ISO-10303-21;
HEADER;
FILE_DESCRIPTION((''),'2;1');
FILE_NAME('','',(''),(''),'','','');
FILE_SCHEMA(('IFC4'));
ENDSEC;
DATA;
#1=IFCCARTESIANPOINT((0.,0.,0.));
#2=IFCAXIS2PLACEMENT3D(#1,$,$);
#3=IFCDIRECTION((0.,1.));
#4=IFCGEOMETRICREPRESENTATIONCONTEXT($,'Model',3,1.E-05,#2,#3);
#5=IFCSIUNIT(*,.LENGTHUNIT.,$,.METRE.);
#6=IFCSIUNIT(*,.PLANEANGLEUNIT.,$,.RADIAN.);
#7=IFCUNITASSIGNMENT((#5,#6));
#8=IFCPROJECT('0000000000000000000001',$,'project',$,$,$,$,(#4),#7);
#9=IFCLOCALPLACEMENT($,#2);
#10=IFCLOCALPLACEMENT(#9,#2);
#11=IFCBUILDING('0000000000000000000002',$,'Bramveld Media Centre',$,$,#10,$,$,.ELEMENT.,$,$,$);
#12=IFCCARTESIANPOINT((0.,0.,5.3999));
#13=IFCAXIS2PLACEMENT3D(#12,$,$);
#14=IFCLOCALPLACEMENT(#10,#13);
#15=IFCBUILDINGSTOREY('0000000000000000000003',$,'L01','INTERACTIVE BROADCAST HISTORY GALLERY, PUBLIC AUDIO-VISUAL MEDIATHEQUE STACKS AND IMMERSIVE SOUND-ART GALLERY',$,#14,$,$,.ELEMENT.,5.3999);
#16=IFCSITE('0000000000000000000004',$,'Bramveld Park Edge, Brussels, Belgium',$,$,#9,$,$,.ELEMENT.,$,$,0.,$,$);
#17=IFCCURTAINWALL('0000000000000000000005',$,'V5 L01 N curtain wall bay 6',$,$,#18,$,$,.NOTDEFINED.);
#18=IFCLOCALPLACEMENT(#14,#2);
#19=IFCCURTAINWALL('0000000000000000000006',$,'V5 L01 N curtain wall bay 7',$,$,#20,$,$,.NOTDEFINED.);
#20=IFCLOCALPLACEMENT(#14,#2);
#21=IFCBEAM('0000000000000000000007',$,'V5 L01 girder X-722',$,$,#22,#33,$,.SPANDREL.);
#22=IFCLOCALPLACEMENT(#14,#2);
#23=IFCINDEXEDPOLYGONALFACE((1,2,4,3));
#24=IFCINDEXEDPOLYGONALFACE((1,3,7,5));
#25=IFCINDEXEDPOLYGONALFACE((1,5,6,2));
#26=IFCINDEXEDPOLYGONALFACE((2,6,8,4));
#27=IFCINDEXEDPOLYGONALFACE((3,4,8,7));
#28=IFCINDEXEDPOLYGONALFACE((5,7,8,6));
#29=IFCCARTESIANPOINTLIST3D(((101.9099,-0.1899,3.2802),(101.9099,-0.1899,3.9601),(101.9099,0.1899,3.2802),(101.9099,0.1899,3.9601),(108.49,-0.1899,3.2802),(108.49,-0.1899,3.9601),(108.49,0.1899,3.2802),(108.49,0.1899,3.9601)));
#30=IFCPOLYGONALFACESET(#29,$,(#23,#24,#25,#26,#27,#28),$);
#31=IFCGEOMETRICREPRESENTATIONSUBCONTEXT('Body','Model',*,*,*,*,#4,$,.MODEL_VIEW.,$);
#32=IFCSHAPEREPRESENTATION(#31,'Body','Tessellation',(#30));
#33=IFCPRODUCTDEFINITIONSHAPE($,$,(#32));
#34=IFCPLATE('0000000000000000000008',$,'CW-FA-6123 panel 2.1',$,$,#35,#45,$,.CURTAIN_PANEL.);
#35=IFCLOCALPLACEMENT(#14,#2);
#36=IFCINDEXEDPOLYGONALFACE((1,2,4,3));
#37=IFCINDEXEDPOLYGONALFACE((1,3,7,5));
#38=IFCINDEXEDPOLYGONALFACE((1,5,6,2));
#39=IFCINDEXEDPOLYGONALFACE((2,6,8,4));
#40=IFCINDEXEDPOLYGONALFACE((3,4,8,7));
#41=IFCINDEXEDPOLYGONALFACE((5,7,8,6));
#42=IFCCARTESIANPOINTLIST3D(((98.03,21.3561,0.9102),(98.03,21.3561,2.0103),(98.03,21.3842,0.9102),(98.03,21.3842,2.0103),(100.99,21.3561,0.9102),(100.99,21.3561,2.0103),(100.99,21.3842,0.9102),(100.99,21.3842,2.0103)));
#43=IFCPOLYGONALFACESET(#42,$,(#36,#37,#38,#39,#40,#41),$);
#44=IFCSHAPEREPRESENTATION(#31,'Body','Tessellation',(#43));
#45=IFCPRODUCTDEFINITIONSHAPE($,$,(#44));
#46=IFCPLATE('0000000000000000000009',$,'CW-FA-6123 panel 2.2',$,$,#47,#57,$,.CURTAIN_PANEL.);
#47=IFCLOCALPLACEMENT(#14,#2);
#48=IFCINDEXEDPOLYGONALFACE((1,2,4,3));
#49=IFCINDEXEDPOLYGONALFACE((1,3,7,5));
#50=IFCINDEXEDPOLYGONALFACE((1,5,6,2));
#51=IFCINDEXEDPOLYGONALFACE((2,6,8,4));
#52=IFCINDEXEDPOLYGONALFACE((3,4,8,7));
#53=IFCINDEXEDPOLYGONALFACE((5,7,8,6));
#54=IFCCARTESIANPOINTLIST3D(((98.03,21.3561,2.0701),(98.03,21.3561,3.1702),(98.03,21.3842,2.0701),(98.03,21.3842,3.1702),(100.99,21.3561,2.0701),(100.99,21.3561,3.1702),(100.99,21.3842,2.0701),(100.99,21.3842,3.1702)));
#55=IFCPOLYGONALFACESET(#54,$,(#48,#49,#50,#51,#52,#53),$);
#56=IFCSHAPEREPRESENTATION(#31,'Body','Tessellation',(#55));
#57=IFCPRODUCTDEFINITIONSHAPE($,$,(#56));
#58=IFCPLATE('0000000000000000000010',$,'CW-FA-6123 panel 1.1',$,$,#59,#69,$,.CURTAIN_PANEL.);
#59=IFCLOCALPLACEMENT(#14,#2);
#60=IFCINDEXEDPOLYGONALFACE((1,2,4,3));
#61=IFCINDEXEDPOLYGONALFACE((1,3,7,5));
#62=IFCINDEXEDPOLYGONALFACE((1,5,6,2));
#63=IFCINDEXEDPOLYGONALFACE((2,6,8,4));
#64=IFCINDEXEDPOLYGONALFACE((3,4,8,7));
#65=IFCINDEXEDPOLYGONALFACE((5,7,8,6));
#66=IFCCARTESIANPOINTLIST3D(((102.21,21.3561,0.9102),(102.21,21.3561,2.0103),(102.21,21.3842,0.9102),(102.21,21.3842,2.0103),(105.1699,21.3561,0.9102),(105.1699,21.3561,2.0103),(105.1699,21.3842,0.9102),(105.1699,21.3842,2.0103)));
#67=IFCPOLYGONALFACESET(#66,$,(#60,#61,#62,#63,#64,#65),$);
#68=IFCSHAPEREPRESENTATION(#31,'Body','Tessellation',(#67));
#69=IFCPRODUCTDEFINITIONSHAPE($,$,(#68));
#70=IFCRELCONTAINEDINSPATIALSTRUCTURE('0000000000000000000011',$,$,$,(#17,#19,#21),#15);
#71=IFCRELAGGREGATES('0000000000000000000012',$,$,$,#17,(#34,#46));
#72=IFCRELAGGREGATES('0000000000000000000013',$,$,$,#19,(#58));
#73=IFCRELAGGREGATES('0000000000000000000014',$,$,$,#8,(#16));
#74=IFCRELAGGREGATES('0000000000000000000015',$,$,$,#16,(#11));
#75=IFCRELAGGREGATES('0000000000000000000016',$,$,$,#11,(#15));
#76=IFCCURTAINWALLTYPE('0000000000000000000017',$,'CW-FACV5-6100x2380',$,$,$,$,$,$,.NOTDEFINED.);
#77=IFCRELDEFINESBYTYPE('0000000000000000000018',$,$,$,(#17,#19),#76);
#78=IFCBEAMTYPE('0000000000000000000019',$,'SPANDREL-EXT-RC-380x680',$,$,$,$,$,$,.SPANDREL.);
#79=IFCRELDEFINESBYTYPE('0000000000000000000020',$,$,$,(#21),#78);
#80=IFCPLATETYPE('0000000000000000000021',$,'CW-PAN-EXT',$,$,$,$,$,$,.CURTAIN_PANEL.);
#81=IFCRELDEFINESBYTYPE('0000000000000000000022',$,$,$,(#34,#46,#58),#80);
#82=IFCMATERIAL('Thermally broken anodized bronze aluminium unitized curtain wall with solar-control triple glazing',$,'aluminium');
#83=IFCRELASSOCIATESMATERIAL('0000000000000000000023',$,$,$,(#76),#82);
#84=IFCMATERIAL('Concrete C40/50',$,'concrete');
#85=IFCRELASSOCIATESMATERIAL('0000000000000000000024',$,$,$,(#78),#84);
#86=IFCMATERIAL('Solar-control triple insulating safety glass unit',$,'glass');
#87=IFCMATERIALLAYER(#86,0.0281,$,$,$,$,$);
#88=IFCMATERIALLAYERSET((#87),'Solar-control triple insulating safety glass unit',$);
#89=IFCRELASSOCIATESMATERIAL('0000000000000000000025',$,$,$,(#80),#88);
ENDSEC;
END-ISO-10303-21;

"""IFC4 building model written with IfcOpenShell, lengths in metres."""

from ifc_helpers import new_model, si_unit, direction, frame, origin, origin_2d, place, context, subcontext, project, spatial, rectangle, extrude, material, layer, layer_set, material_profile, profile_set, type_object, element, aggregate, save


model = new_model("IFC4")

# Units and contexts
model_context = context("Model", 3, precision=1e-05, world=origin(), true_north=direction((0.0, 1.0)))
body_context = subcontext(model_context, "Body", "Model", "MODEL_VIEW")
ifc_project = project(units=[si_unit("LENGTHUNIT", "METRE"), si_unit("PLANEANGLEUNIT", "RADIAN")], contexts=[model_context])

# Site, building, storey
site_placement = place(None, origin())
site = spatial("IfcSite", under=ifc_project, at=site_placement, Name="Bramveld Park Edge, Brussels, Belgium", CompositionType="ELEMENT", RefElevation=0.0)
building_placement = place(site_placement, origin())
building = spatial("IfcBuilding", under=site, at=building_placement, Name="Bramveld Media Centre", CompositionType="ELEMENT")
storey_placement = place(building_placement, frame((0.0, 0.0, 5.3999)))
storey = spatial("IfcBuildingStorey", under=building, at=storey_placement, Name="L01", Description="INTERACTIVE BROADCAST HISTORY GALLERY, PUBLIC AUDIO-VISUAL MEDIATHEQUE STACKS AND IMMERSIVE SOUND-ART GALLERY", CompositionType="ELEMENT", Elevation=5.3999)

# Curtain wall
ifc_material_1 = material(Name="Thermally broken anodized bronze aluminium unitized curtain wall with solar-control triple glazing", Category="aluminium")
curtain_wall_type = type_object("IfcCurtainWallType", Name="CW-FACV5-6100x2380", PredefinedType="NOTDEFINED", material=ifc_material_1)
curtain_wall_1_placement = place(storey_placement, origin())
curtain_wall_1 = element("IfcCurtainWall", 1, at=curtain_wall_1_placement, inside=storey, type_object=curtain_wall_type, Name="V5 L01 N curtain wall bay 6", PredefinedType="NOTDEFINED")

# Curtain wall
curtain_wall_2_placement = place(storey_placement, origin())
curtain_wall_2 = element("IfcCurtainWall", 2, at=curtain_wall_2_placement, inside=storey, type_object=curtain_wall_type, Name="V5 L01 N curtain wall bay 7", PredefinedType="NOTDEFINED")

# Beam
ifc_material_2 = material(Name="Concrete C40/50", Category="concrete")
ifc_material_profile_1 = material_profile(ifc_material_2, rectangle(XDim=0.3799, YDim=0.6799, at=origin_2d()), Name="RC 380x680")
ifc_profile_set_1 = profile_set([ifc_material_profile_1], Name="Concrete C40/50")
beam_type_1 = type_object("IfcBeamType", Name="SPANDREL-EXT-RC-380x680", PredefinedType="SPANDREL", material=ifc_profile_set_1)
beam_1_placement = place(storey_placement, frame((101.9099, 0.0, 3.6201), z_axis=(1.0, 0.0, 0.0), x_axis=(0.0, 1.0, 0.0)))
element("IfcBeam", 3, at=beam_1_placement, inside=storey, type_object=beam_type_1, Name="V5 L01 girder X-722", PredefinedType="SPANDREL", context=body_context, shape_type="SweptSolid", body=[
    extrude(rectangle(XDim=0.3799, YDim=0.6799, at=origin_2d()), origin(), (0.0, 0.0, 1.0), 6.5801),
])

# Plates
ifc_material_3 = material(Name="Solar-control triple insulating safety glass unit", Category="glass")
ifc_layer = layer(ifc_material_3, 0.0281)
ifc_layer_set = layer_set([ifc_layer], Name="Solar-control triple insulating safety glass unit")
plate_type = type_object("IfcPlateType", Name="CW-PAN-EXT", PredefinedType="CURTAIN_PANEL", material=ifc_layer_set)
plate_1_placement = place(storey_placement, frame((99.51, 21.3701, 0.9102), z_axis=(0.0, 0.0, 1.0), x_axis=(1.0, 0.0, 0.0)))
plate_1 = element("IfcPlate", 4, at=plate_1_placement, type_object=plate_type, Name="CW-FA-6123 panel 2.1", PredefinedType="CURTAIN_PANEL", context=body_context, shape_type="SweptSolid", body=[
    extrude(rectangle(XDim=2.96, YDim=0.0281, at=origin_2d()), origin(), (0.0, 0.0, 1.0), 1.1001),
])
plate_2_placement = place(storey_placement, frame((99.51, 21.3701, 2.0701), z_axis=(0.0, 0.0, 1.0), x_axis=(1.0, 0.0, 0.0)))
plate_2 = element("IfcPlate", 5, at=plate_2_placement, type_object=plate_type, Name="CW-FA-6123 panel 2.2", PredefinedType="CURTAIN_PANEL", context=body_context, shape_type="SweptSolid", body=[
    extrude(rectangle(XDim=2.96, YDim=0.0281, at=origin_2d()), origin(), (0.0, 0.0, 1.0), 1.1001),
])
aggregate(curtain_wall_1, [plate_1, plate_2])
plate_3_placement = place(storey_placement, frame((103.6899, 21.3701, 0.9102), z_axis=(0.0, 0.0, 1.0), x_axis=(1.0, 0.0, 0.0)))
plate_3 = element("IfcPlate", 6, at=plate_3_placement, type_object=plate_type, Name="CW-FA-6123 panel 1.1", PredefinedType="CURTAIN_PANEL", context=body_context, shape_type="SweptSolid", body=[
    extrude(rectangle(XDim=2.96, YDim=0.0281, at=origin_2d()), origin(), (0.0, 0.0, 1.0), 1.1001),
])
aggregate(curtain_wall_2, [plate_3])

save(model, "model.ifc")
